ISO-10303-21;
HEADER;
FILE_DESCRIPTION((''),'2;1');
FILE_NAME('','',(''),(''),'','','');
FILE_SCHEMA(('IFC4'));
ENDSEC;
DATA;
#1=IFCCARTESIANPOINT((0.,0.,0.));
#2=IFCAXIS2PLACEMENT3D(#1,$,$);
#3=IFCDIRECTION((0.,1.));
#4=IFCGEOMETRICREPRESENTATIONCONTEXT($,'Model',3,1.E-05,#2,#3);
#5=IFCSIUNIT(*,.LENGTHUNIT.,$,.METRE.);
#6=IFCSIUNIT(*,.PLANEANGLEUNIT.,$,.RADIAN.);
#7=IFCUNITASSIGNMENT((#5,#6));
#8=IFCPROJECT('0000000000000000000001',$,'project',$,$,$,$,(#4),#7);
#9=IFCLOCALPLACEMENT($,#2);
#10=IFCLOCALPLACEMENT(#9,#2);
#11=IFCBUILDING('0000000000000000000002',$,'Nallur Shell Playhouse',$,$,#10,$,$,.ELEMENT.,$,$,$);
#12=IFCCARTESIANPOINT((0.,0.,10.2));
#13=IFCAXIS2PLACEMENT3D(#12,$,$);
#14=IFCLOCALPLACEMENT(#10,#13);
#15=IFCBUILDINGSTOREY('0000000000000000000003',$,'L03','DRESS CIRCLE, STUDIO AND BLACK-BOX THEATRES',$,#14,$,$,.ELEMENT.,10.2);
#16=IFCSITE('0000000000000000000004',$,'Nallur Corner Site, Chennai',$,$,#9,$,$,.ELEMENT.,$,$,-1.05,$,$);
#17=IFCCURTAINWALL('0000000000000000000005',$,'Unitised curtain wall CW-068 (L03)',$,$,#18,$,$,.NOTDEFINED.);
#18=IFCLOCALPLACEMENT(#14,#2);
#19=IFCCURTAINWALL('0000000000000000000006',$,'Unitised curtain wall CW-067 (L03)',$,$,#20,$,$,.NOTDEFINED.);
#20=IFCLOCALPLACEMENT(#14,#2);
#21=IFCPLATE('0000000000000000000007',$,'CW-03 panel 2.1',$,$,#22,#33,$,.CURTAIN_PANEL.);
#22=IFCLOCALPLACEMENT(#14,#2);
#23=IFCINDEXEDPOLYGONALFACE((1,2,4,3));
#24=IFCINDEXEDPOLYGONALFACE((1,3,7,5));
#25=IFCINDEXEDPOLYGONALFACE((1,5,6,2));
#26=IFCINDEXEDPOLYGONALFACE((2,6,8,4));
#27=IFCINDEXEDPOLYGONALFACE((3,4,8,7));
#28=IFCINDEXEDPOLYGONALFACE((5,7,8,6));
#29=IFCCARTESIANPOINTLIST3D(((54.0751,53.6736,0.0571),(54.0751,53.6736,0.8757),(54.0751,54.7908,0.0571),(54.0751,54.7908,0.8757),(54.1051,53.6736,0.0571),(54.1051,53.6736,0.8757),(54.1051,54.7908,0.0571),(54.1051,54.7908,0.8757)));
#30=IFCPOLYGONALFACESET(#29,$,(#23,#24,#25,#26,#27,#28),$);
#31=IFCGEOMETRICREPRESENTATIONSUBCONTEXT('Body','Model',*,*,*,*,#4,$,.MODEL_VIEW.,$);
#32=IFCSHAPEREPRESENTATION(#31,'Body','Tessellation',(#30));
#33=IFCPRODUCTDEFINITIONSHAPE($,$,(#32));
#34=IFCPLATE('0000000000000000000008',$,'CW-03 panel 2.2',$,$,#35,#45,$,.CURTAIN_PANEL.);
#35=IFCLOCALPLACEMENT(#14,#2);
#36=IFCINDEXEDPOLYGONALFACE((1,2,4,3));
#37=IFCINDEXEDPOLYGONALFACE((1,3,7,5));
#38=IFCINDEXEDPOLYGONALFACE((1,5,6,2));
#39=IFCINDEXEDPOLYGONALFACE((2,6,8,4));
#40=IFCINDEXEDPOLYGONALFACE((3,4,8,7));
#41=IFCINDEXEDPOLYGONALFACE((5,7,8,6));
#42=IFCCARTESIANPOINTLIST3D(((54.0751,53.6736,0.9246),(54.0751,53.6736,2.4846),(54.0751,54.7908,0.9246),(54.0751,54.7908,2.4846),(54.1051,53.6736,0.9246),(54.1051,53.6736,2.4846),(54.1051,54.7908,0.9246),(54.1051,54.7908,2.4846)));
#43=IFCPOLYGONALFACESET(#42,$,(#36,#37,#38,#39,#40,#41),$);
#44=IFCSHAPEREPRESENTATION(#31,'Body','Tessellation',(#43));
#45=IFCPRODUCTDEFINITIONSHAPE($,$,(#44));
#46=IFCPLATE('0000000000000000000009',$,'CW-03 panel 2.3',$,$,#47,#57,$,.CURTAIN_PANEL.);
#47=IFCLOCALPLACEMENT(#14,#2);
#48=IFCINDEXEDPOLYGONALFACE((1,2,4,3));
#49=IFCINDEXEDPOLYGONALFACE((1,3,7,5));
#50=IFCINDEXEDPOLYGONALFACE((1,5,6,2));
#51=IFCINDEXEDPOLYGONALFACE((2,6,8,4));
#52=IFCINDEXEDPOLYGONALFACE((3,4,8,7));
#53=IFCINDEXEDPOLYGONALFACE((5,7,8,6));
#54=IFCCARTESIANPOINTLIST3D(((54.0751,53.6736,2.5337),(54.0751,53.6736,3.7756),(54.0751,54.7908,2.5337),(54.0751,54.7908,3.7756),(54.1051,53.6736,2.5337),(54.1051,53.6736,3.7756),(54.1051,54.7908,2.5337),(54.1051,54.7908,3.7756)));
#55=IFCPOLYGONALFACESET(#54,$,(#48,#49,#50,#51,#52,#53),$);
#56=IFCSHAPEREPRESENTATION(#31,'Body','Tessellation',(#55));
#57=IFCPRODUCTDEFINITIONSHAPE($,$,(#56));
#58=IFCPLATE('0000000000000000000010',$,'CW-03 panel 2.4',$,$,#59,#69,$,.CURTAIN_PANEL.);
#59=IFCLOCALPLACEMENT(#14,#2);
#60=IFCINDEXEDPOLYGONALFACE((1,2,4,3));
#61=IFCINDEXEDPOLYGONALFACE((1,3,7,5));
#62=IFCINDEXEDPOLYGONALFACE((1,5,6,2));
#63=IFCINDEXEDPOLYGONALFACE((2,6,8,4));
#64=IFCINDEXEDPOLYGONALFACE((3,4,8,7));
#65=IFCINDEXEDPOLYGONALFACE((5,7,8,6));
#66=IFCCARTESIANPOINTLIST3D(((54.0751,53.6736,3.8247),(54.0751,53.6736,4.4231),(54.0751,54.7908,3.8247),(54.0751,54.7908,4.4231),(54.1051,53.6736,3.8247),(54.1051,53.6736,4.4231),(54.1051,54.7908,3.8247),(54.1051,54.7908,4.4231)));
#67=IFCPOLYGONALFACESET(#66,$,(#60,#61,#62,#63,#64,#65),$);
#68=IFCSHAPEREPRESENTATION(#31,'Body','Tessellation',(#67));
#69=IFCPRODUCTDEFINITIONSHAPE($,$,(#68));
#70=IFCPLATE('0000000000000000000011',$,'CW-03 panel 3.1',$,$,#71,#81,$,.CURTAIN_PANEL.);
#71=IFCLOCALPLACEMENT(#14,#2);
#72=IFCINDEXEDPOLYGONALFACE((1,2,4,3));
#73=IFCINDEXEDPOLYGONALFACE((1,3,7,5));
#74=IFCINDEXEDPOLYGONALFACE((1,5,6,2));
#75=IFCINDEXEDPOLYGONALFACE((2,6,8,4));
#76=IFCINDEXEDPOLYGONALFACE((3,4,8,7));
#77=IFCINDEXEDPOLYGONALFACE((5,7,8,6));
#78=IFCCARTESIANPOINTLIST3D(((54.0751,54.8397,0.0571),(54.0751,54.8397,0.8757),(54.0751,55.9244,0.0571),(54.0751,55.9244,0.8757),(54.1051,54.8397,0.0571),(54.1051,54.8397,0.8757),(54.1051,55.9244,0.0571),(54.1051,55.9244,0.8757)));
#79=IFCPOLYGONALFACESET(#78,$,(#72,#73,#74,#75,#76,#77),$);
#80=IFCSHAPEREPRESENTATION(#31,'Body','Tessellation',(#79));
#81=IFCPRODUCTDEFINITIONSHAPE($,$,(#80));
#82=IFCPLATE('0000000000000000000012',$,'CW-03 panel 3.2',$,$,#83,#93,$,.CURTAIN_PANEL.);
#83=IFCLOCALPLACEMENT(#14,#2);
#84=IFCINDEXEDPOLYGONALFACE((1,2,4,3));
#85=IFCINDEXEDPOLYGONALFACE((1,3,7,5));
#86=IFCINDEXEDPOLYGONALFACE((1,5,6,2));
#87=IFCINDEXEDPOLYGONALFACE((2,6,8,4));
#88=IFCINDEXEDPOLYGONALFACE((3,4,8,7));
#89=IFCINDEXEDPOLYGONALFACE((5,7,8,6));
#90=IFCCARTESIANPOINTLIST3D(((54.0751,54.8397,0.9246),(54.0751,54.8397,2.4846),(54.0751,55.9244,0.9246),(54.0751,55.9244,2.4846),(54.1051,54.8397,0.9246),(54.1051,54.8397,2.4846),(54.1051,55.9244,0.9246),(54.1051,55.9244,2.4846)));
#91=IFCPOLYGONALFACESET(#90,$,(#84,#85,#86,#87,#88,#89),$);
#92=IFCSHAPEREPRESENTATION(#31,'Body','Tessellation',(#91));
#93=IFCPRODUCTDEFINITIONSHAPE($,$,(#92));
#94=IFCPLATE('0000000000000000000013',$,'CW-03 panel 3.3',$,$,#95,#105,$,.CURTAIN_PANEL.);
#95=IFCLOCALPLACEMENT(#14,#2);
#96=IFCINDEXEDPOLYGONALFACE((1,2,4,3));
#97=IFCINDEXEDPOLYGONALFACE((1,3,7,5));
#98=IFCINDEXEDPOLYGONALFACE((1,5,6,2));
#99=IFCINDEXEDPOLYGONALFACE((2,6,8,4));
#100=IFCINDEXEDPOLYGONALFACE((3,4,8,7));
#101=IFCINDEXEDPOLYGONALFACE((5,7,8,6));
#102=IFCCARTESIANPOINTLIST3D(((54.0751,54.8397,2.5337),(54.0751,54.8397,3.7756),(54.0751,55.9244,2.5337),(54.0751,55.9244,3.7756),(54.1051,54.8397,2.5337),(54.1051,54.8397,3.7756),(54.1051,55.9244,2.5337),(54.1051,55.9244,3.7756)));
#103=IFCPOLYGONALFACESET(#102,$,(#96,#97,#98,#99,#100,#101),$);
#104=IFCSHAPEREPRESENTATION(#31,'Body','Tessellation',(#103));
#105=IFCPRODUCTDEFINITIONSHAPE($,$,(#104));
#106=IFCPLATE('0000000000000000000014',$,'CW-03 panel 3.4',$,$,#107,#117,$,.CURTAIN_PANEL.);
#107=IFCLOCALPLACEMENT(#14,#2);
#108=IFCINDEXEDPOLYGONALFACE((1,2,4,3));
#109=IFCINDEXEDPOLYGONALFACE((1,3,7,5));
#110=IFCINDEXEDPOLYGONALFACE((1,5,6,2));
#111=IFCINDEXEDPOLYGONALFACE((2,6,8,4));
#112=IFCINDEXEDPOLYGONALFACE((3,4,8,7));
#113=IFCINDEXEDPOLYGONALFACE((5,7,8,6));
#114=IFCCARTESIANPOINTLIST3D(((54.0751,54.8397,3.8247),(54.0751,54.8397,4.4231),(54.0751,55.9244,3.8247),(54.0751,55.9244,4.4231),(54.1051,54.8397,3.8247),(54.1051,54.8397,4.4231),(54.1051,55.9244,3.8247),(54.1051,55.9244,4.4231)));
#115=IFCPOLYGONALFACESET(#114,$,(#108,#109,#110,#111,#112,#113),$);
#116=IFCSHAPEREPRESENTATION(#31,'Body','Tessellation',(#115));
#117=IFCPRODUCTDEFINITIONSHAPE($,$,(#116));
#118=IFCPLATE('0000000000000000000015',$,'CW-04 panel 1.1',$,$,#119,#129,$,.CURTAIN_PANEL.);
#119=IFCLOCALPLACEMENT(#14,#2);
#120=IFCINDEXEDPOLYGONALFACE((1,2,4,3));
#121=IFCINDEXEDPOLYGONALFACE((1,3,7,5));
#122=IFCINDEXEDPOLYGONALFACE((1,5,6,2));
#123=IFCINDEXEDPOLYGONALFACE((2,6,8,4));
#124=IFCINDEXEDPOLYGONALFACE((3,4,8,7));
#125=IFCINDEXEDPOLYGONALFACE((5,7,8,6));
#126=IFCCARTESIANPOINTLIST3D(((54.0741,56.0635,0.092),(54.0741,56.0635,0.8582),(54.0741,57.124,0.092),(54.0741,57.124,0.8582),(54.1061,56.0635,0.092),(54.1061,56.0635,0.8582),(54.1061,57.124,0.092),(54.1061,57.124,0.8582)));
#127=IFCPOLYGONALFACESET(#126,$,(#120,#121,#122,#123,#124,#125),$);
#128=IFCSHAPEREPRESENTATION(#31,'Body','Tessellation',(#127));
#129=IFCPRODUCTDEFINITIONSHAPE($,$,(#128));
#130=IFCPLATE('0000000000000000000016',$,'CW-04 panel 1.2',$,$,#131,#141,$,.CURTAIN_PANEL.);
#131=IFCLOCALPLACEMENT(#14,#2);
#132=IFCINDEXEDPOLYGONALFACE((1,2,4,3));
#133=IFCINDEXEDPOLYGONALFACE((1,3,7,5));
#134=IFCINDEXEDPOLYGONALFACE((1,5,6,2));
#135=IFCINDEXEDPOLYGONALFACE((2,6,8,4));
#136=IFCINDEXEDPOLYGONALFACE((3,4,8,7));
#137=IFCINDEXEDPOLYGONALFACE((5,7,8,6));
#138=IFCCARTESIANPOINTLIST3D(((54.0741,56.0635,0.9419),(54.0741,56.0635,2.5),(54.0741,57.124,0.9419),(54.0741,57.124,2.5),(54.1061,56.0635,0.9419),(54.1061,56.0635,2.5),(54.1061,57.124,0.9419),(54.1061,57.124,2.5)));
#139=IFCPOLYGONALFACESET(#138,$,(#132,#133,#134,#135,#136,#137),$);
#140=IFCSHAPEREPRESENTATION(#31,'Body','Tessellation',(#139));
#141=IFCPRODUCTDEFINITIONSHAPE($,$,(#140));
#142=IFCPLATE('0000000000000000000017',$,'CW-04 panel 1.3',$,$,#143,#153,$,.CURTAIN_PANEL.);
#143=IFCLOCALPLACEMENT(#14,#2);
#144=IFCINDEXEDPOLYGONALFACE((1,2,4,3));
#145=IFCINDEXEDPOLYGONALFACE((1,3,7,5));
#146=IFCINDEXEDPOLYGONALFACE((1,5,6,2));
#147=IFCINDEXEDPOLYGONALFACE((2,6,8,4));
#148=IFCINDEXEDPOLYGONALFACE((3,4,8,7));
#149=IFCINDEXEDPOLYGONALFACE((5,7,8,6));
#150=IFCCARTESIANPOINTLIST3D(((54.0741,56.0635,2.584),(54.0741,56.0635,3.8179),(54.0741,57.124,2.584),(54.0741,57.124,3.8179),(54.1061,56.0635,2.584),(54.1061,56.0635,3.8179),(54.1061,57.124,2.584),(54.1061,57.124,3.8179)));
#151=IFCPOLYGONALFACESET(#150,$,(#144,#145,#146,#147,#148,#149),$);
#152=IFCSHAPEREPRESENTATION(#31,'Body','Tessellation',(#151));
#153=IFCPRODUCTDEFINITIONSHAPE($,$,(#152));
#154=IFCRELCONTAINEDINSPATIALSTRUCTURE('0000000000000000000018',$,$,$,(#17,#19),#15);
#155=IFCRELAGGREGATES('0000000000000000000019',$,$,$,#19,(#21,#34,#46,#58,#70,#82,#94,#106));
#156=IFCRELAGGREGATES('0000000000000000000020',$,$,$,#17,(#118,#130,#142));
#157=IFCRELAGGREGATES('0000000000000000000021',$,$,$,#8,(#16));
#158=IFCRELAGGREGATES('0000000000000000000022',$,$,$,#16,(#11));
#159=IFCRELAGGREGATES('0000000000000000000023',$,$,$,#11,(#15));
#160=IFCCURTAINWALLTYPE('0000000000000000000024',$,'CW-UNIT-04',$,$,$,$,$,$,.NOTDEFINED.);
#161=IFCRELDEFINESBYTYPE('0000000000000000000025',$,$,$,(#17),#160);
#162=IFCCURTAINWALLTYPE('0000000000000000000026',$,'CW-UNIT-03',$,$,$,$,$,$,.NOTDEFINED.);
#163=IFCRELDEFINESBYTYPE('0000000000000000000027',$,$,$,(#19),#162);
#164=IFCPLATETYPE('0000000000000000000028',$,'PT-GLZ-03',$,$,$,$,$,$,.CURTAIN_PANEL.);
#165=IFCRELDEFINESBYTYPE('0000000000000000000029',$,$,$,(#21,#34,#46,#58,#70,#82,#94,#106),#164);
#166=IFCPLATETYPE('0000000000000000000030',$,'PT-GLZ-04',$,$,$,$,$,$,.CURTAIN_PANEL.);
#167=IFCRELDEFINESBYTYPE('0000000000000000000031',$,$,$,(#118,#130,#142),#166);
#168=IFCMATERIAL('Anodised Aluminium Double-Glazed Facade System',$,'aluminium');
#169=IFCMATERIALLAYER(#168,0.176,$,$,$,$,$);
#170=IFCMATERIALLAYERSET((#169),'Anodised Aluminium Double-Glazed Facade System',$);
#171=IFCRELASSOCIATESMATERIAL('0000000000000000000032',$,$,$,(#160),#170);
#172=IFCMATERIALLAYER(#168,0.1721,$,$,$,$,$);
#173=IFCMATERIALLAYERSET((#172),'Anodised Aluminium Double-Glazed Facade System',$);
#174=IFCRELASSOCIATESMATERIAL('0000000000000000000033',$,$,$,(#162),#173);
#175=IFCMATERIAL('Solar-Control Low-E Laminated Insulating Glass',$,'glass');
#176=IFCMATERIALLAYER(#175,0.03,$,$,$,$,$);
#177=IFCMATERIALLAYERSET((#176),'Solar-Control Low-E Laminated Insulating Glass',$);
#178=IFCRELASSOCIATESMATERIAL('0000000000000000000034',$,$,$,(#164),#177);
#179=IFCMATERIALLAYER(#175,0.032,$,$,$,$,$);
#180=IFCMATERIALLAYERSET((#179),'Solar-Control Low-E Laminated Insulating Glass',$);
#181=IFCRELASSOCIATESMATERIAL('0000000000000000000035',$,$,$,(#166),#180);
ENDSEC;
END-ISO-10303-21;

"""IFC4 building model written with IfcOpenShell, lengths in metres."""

from ifc_helpers import new_model, si_unit, direction, frame, origin, origin_2d, place, context, subcontext, project, spatial, rectangle, extrude, material, layer, layer_set, type_object, element, aggregate, save


model = new_model("IFC4")

# Units and contexts
model_context = context("Model", 3, precision=1e-05, world=origin(), true_north=direction((0.0, 1.0)))
body_context = subcontext(model_context, "Body", "Model", "MODEL_VIEW")
ifc_project = project(units=[si_unit("LENGTHUNIT", "METRE"), si_unit("PLANEANGLEUNIT", "RADIAN")], contexts=[model_context])

# Site, building, storey
site_placement = place(None, origin())
site = spatial("IfcSite", under=ifc_project, at=site_placement, Name="Nallur Corner Site, Chennai", CompositionType="ELEMENT", RefElevation=-1.05)
building_placement = place(site_placement, origin())
building = spatial("IfcBuilding", under=site, at=building_placement, Name="Nallur Shell Playhouse", CompositionType="ELEMENT")
storey_placement = place(building_placement, frame((0.0, 0.0, 10.2)))
storey = spatial("IfcBuildingStorey", under=building, at=storey_placement, Name="L03", Description="DRESS CIRCLE, STUDIO AND BLACK-BOX THEATRES", CompositionType="ELEMENT", Elevation=10.2)

# Curtain wall
ifc_material_1 = material(Name="Anodised Aluminium Double-Glazed Facade System", Category="aluminium")
ifc_layer_1 = layer(ifc_material_1, 0.176)
ifc_layer_set_1 = layer_set([ifc_layer_1], Name="Anodised Aluminium Double-Glazed Facade System")
curtain_wall_type_1 = type_object("IfcCurtainWallType", Name="CW-UNIT-04", PredefinedType="NOTDEFINED", material=ifc_layer_set_1)
curtain_wall_1_placement = place(storey_placement, origin())
curtain_wall_1 = element("IfcCurtainWall", 1, at=curtain_wall_1_placement, inside=storey, type_object=curtain_wall_type_1, Name="Unitised curtain wall CW-068 (L03)", PredefinedType="NOTDEFINED")

# Curtain wall
ifc_layer_2 = layer(ifc_material_1, 0.1721)
ifc_layer_set_2 = layer_set([ifc_layer_2], Name="Anodised Aluminium Double-Glazed Facade System")
curtain_wall_type_2 = type_object("IfcCurtainWallType", Name="CW-UNIT-03", PredefinedType="NOTDEFINED", material=ifc_layer_set_2)
curtain_wall_2_placement = place(storey_placement, origin())
curtain_wall_2 = element("IfcCurtainWall", 2, at=curtain_wall_2_placement, inside=storey, type_object=curtain_wall_type_2, Name="Unitised curtain wall CW-067 (L03)", PredefinedType="NOTDEFINED")

# Plates
ifc_material_2 = material(Name="Solar-Control Low-E Laminated Insulating Glass", Category="glass")
ifc_layer_3 = layer(ifc_material_2, 0.03)
ifc_layer_set_3 = layer_set([ifc_layer_3], Name="Solar-Control Low-E Laminated Insulating Glass")
plate_type_1 = type_object("IfcPlateType", Name="PT-GLZ-03", PredefinedType="CURTAIN_PANEL", material=ifc_layer_set_3)
plate_1_placement = place(storey_placement, frame((54.0901, 54.2322, 0.0571), z_axis=(0.0, 0.0, 1.0), x_axis=(0.0, 1.0, 0.0)))
plate_1 = element("IfcPlate", 3, at=plate_1_placement, type_object=plate_type_1, Name="CW-03 panel 2.1", PredefinedType="CURTAIN_PANEL", context=body_context, shape_type="SweptSolid", body=[
    extrude(rectangle(XDim=1.1172, YDim=0.03, at=origin_2d()), origin(), (0.0, 0.0, 1.0), 0.8186),
])
plate_2_placement = place(storey_placement, frame((54.0901, 54.2322, 0.9246), z_axis=(0.0, 0.0, 1.0), x_axis=(0.0, 1.0, 0.0)))
plate_2 = element("IfcPlate", 4, at=plate_2_placement, type_object=plate_type_1, Name="CW-03 panel 2.2", PredefinedType="CURTAIN_PANEL", context=body_context, shape_type="SweptSolid", body=[
    extrude(rectangle(XDim=1.1172, YDim=0.03, at=origin_2d()), origin(), (0.0, 0.0, 1.0), 1.5601),
])
plate_3_placement = place(storey_placement, frame((54.0901, 54.2322, 2.5337), z_axis=(0.0, 0.0, 1.0), x_axis=(0.0, 1.0, 0.0)))
plate_3 = element("IfcPlate", 5, at=plate_3_placement, type_object=plate_type_1, Name="CW-03 panel 2.3", PredefinedType="CURTAIN_PANEL", context=body_context, shape_type="SweptSolid", body=[
    extrude(rectangle(XDim=1.1172, YDim=0.03, at=origin_2d()), origin(), (0.0, 0.0, 1.0), 1.2419),
])
plate_4_placement = place(storey_placement, frame((54.0901, 54.2322, 3.8247), z_axis=(0.0, 0.0, 1.0), x_axis=(0.0, 1.0, 0.0)))
plate_4 = element("IfcPlate", 6, at=plate_4_placement, type_object=plate_type_1, Name="CW-03 panel 2.4", PredefinedType="CURTAIN_PANEL", context=body_context, shape_type="SweptSolid", body=[
    extrude(rectangle(XDim=1.1172, YDim=0.03, at=origin_2d()), origin(), (0.0, 0.0, 1.0), 0.5984),
])
plate_5_placement = place(storey_placement, frame((54.0901, 55.3821, 0.0571), z_axis=(0.0, 0.0, 1.0), x_axis=(0.0, 1.0, 0.0)))
plate_5 = element("IfcPlate", 7, at=plate_5_placement, type_object=plate_type_1, Name="CW-03 panel 3.1", PredefinedType="CURTAIN_PANEL", context=body_context, shape_type="SweptSolid", body=[
    extrude(rectangle(XDim=1.0847, YDim=0.03, at=origin_2d()), origin(), (0.0, 0.0, 1.0), 0.8186),
])
plate_6_placement = place(storey_placement, frame((54.0901, 55.3821, 0.9246), z_axis=(0.0, 0.0, 1.0), x_axis=(0.0, 1.0, 0.0)))
plate_6 = element("IfcPlate", 8, at=plate_6_placement, type_object=plate_type_1, Name="CW-03 panel 3.2", PredefinedType="CURTAIN_PANEL", context=body_context, shape_type="SweptSolid", body=[
    extrude(rectangle(XDim=1.0847, YDim=0.03, at=origin_2d()), origin(), (0.0, 0.0, 1.0), 1.5601),
])
plate_7_placement = place(storey_placement, frame((54.0901, 55.3821, 2.5337), z_axis=(0.0, 0.0, 1.0), x_axis=(0.0, 1.0, 0.0)))
plate_7 = element("IfcPlate", 9, at=plate_7_placement, type_object=plate_type_1, Name="CW-03 panel 3.3", PredefinedType="CURTAIN_PANEL", context=body_context, shape_type="SweptSolid", body=[
    extrude(rectangle(XDim=1.0847, YDim=0.03, at=origin_2d()), origin(), (0.0, 0.0, 1.0), 1.2419),
])
plate_8_placement = place(storey_placement, frame((54.0901, 55.3821, 3.8247), z_axis=(0.0, 0.0, 1.0), x_axis=(0.0, 1.0, 0.0)))
plate_8 = element("IfcPlate", 10, at=plate_8_placement, type_object=plate_type_1, Name="CW-03 panel 3.4", PredefinedType="CURTAIN_PANEL", context=body_context, shape_type="SweptSolid", body=[
    extrude(rectangle(XDim=1.0847, YDim=0.03, at=origin_2d()), origin(), (0.0, 0.0, 1.0), 0.5984),
])
aggregate(curtain_wall_2, [plate_1, plate_2, plate_3, plate_4, plate_5, plate_6, plate_7, plate_8])
ifc_layer_4 = layer(ifc_material_2, 0.032)
ifc_layer_set_4 = layer_set([ifc_layer_4], Name="Solar-Control Low-E Laminated Insulating Glass")
plate_type_2 = type_object("IfcPlateType", Name="PT-GLZ-04", PredefinedType="CURTAIN_PANEL", material=ifc_layer_set_4)
plate_9_placement = place(storey_placement, frame((54.0901, 56.5938, 0.092), z_axis=(0.0, 0.0, 1.0), x_axis=(0.0, 1.0, 0.0)))
plate_9 = element("IfcPlate", 11, at=plate_9_placement, type_object=plate_type_2, Name="CW-04 panel 1.1", PredefinedType="CURTAIN_PANEL", context=body_context, shape_type="SweptSolid", body=[
    extrude(rectangle(XDim=1.0605, YDim=0.032, at=origin_2d()), origin(), (0.0, 0.0, 1.0), 0.7661),
])
plate_10_placement = place(storey_placement, frame((54.0901, 56.5938, 0.9419), z_axis=(0.0, 0.0, 1.0), x_axis=(0.0, 1.0, 0.0)))
plate_10 = element("IfcPlate", 12, at=plate_10_placement, type_object=plate_type_2, Name="CW-04 panel 1.2", PredefinedType="CURTAIN_PANEL", context=body_context, shape_type="SweptSolid", body=[
    extrude(rectangle(XDim=1.0605, YDim=0.032, at=origin_2d()), origin(), (0.0, 0.0, 1.0), 1.5581),
])
plate_11_placement = place(storey_placement, frame((54.0901, 56.5938, 2.584), z_axis=(0.0, 0.0, 1.0), x_axis=(0.0, 1.0, 0.0)))
plate_11 = element("IfcPlate", 13, at=plate_11_placement, type_object=plate_type_2, Name="CW-04 panel 1.3", PredefinedType="CURTAIN_PANEL", context=body_context, shape_type="SweptSolid", body=[
    extrude(rectangle(XDim=1.0605, YDim=0.032, at=origin_2d()), origin(), (0.0, 0.0, 1.0), 1.2339),
])
aggregate(curtain_wall_1, [plate_9, plate_10, plate_11])

save(model, "model.ifc")
